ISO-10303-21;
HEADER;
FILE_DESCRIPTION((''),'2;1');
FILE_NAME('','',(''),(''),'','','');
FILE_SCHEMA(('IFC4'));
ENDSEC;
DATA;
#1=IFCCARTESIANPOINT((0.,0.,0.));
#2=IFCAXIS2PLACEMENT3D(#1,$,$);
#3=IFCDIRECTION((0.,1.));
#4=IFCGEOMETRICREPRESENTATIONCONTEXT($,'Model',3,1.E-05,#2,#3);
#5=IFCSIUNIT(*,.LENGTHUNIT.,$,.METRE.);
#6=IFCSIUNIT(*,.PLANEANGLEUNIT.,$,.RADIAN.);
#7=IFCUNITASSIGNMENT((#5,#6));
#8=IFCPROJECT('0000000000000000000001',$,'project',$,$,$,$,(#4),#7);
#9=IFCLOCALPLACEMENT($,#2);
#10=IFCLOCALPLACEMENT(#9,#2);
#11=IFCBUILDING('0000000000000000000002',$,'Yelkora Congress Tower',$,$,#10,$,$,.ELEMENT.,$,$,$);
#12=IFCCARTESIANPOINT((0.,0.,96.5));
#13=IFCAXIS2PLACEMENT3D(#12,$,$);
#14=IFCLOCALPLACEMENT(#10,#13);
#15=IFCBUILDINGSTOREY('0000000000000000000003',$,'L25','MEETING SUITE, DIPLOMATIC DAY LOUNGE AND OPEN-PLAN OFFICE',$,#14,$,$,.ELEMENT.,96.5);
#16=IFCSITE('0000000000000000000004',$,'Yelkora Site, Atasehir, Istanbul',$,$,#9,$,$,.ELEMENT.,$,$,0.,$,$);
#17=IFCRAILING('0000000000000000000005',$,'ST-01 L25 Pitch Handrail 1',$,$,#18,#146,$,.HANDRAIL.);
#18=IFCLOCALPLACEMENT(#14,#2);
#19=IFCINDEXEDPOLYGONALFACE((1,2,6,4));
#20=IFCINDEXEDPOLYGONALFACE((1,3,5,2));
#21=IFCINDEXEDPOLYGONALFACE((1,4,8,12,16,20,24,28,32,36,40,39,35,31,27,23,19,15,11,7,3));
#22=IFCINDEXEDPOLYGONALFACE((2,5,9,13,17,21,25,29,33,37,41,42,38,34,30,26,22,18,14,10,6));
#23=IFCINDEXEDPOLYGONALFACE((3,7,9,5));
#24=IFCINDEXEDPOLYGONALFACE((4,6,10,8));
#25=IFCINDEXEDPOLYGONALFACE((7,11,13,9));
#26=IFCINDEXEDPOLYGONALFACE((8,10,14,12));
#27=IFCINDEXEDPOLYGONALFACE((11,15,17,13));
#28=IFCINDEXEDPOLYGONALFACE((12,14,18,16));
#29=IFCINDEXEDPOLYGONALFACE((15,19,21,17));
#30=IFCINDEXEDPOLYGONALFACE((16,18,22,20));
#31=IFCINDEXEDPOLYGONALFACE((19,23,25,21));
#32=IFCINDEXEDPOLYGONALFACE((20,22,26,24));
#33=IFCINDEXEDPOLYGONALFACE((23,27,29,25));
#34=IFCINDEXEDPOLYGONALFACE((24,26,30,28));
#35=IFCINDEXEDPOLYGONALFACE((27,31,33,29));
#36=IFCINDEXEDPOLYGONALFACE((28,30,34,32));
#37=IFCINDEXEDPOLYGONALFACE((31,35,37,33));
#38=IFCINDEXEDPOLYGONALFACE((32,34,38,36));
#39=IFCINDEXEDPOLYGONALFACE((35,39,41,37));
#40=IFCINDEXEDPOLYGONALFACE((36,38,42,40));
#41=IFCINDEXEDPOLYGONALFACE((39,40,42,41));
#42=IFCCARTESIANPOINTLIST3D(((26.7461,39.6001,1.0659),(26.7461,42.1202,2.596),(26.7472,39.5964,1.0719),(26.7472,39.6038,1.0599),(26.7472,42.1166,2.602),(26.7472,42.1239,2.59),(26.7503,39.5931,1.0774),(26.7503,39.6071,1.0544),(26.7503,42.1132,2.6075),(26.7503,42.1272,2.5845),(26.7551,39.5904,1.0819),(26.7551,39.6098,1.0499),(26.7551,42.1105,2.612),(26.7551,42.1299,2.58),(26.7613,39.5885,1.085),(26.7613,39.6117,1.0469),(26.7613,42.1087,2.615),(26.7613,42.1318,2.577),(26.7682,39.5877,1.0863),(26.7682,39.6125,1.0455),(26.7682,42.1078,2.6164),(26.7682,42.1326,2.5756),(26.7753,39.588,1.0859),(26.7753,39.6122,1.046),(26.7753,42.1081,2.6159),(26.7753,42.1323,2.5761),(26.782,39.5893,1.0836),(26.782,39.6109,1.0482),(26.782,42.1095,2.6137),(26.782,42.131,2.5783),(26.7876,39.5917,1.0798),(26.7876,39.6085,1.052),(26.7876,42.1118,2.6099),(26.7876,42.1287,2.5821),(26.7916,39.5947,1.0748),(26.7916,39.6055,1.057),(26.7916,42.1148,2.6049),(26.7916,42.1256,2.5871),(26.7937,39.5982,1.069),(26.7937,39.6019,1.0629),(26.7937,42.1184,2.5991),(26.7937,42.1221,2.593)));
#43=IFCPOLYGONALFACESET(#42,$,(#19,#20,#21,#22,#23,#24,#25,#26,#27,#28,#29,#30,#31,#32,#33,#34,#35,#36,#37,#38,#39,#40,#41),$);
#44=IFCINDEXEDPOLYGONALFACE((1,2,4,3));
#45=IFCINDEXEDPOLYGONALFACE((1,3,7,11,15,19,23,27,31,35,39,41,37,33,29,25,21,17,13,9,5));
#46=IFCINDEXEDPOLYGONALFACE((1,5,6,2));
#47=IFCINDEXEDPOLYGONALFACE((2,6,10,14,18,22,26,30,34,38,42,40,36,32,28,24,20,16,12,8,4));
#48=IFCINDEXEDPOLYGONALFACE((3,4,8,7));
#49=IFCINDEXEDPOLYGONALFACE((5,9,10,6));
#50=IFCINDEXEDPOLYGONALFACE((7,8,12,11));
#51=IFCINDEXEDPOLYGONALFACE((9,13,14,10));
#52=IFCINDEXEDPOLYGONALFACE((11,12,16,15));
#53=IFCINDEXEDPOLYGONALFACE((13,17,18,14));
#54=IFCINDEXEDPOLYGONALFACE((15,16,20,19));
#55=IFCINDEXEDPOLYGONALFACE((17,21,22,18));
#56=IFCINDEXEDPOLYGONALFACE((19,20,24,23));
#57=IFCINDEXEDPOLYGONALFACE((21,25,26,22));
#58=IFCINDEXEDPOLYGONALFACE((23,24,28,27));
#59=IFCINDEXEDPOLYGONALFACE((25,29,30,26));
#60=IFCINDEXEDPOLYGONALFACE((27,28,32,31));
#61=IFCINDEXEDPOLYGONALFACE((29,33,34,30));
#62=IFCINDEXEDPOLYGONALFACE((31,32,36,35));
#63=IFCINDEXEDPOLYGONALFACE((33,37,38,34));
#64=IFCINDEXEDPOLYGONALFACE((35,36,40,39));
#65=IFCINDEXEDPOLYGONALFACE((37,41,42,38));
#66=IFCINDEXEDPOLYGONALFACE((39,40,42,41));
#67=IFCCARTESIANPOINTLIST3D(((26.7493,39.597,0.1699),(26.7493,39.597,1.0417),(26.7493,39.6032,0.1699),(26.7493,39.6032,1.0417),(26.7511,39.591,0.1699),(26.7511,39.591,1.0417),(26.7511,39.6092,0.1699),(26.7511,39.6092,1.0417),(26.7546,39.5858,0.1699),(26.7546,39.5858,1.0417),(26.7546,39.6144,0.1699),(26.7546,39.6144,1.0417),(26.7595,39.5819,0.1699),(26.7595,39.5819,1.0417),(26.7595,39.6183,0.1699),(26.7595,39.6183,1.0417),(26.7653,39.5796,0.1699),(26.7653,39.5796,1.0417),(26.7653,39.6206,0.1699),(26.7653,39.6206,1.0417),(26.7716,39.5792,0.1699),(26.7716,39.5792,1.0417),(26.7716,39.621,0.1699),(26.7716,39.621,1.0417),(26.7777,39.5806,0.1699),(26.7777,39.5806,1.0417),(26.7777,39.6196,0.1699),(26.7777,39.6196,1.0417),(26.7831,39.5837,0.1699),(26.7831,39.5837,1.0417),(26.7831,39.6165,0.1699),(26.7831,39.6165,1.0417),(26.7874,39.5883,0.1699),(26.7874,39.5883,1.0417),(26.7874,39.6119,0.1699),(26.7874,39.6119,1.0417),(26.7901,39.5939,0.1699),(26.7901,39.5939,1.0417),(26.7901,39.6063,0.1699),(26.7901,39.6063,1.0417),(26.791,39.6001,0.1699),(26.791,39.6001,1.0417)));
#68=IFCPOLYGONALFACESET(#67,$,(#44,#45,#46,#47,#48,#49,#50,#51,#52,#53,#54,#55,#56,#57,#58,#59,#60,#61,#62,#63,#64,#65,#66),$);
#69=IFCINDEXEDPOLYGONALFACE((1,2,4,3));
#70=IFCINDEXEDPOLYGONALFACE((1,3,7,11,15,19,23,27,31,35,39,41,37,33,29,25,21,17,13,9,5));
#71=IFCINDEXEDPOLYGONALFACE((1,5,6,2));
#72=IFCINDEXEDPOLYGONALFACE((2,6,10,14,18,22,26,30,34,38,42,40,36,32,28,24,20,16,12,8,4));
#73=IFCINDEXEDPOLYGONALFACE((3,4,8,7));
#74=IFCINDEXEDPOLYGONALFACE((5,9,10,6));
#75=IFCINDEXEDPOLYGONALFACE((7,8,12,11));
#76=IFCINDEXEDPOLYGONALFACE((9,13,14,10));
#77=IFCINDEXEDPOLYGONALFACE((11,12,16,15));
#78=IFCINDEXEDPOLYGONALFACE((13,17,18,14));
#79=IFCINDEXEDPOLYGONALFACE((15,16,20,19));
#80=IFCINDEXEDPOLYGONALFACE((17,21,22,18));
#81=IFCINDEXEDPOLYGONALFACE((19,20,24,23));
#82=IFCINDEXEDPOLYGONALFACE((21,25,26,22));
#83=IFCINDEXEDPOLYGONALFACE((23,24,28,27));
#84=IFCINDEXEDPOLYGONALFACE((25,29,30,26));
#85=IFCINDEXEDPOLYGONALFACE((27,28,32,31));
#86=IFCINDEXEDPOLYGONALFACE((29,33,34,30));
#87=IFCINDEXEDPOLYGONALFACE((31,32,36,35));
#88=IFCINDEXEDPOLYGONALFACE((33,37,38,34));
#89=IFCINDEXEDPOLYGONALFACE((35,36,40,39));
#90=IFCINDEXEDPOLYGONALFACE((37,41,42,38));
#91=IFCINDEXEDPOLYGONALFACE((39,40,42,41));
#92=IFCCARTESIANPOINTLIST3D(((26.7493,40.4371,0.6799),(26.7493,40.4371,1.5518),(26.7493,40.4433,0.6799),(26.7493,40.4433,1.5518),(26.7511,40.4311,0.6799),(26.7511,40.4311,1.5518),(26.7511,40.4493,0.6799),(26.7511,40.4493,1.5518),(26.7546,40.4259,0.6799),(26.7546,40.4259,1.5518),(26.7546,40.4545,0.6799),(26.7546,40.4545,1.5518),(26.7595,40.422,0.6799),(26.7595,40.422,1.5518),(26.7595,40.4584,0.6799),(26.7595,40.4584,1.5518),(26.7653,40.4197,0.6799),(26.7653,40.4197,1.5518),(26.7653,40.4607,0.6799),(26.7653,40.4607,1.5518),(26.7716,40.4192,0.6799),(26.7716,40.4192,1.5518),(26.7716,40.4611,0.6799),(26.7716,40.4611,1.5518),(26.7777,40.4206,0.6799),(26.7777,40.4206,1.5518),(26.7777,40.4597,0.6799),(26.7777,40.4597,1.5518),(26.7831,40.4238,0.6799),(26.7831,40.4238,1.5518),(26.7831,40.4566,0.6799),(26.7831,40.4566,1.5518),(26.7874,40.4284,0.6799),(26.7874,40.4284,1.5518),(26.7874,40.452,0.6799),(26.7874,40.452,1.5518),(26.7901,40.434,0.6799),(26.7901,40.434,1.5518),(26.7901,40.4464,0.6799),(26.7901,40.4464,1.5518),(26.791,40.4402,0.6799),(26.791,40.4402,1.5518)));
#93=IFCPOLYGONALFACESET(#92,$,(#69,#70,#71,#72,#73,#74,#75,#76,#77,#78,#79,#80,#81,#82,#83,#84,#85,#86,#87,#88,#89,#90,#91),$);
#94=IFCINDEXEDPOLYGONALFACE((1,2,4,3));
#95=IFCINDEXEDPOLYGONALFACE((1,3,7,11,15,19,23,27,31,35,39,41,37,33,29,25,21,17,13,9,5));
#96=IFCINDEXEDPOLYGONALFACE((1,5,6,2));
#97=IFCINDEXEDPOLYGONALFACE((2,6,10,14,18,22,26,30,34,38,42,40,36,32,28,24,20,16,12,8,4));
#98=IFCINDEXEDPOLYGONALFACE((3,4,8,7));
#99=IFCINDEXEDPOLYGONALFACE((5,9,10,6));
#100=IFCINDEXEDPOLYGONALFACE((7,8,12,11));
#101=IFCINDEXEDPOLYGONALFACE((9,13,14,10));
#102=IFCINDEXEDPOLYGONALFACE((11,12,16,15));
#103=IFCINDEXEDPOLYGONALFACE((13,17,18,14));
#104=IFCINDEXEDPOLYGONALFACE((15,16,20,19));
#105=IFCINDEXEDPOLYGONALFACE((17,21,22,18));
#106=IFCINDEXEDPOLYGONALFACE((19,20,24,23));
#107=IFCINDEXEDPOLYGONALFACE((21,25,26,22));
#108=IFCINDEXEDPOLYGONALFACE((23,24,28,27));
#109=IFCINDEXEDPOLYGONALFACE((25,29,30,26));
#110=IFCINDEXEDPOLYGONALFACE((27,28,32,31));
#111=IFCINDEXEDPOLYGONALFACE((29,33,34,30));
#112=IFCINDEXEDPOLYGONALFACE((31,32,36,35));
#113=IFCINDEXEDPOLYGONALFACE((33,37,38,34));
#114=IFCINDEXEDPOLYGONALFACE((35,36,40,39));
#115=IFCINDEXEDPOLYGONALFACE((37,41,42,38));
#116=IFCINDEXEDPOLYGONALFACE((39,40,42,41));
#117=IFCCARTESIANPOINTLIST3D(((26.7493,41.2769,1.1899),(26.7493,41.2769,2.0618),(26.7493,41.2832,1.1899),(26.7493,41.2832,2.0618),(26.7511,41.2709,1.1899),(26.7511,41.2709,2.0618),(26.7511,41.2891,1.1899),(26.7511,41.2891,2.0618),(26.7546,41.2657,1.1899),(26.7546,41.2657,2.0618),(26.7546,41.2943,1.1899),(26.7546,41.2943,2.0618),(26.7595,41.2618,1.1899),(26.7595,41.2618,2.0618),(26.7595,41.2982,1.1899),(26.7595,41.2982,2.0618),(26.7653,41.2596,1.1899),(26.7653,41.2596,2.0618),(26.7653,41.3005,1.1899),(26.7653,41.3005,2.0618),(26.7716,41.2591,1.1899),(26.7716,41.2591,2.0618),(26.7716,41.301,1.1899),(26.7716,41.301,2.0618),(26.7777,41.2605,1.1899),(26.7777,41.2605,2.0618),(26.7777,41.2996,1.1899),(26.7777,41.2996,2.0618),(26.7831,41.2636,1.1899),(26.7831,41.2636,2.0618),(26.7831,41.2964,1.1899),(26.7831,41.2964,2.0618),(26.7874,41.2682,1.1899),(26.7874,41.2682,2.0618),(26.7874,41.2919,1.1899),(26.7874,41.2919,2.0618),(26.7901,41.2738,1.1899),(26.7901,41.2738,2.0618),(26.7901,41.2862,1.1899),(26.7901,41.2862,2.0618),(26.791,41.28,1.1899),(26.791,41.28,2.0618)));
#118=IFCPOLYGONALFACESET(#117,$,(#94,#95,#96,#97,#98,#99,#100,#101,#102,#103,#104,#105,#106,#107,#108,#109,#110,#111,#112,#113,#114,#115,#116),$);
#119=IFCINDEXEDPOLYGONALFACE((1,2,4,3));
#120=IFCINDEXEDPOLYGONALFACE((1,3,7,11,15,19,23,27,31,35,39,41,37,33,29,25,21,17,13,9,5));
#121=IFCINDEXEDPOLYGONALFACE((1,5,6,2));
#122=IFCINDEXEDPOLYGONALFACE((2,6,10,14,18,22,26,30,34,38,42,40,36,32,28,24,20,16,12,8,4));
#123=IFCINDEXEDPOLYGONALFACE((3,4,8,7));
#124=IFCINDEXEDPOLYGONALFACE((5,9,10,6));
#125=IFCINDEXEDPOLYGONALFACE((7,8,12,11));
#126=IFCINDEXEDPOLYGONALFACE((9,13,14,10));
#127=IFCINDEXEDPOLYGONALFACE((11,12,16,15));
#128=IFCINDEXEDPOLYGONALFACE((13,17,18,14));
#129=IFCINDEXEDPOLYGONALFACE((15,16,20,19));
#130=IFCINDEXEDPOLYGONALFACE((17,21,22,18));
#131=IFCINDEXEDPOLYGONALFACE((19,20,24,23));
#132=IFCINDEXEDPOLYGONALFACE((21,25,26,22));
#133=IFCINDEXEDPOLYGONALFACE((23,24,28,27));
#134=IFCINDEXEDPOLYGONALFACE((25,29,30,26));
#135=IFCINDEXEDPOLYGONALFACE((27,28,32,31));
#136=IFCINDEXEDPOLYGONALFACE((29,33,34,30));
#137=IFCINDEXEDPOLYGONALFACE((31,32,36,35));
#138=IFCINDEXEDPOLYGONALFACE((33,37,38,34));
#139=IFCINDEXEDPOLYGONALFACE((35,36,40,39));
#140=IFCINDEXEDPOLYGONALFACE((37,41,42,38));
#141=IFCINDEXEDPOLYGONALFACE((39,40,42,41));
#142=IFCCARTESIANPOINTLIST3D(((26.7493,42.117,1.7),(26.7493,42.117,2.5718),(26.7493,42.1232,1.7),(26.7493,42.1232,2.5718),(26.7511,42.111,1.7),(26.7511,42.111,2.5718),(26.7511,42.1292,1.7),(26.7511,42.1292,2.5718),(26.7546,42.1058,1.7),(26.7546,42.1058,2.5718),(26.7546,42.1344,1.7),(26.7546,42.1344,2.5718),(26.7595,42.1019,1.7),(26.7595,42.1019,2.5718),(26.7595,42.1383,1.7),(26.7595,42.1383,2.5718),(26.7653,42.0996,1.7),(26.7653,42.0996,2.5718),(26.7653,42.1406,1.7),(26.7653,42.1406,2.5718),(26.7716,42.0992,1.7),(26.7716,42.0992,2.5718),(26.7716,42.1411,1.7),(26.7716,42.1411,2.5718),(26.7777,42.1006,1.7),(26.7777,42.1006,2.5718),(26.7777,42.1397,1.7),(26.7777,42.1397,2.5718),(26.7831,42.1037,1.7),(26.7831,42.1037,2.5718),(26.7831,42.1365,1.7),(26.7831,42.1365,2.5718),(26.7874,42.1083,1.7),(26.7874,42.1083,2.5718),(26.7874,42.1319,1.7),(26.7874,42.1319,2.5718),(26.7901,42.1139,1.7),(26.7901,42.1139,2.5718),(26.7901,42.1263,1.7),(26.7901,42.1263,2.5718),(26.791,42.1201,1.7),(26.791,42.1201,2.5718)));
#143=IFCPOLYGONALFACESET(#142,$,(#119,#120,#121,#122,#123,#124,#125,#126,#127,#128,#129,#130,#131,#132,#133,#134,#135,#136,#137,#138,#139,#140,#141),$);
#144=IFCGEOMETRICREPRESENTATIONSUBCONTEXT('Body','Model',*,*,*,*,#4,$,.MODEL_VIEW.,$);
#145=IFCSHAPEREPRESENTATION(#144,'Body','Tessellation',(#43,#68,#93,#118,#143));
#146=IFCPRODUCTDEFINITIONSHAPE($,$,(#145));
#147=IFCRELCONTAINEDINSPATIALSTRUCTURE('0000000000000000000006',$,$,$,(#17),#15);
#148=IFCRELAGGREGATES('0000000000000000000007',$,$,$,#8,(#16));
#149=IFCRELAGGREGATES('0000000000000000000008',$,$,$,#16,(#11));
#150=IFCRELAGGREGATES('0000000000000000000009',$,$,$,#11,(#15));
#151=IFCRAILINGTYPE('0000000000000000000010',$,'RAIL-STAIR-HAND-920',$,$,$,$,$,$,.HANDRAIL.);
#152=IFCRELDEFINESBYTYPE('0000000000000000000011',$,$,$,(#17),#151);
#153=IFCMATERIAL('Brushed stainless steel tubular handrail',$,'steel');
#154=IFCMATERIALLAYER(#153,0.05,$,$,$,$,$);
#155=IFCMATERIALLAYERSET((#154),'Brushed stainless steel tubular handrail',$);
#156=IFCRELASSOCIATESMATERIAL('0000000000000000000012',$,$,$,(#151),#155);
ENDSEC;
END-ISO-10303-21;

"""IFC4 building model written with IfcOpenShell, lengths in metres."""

from ifc_helpers import new_model, si_unit, direction, frame, origin, origin_2d, place, context, subcontext, project, spatial, circle, extrude, material, layer, layer_set, type_object, element, save


model = new_model("IFC4")

# Units and contexts
model_context = context("Model", 3, precision=1e-05, world=origin(), true_north=direction((0.0, 1.0)))
body_context = subcontext(model_context, "Body", "Model", "MODEL_VIEW")
ifc_project = project(units=[si_unit("LENGTHUNIT", "METRE"), si_unit("PLANEANGLEUNIT", "RADIAN")], contexts=[model_context])

# Site, building, storey
site_placement = place(None, origin())
site = spatial("IfcSite", under=ifc_project, at=site_placement, Name="Yelkora Site, Atasehir, Istanbul", CompositionType="ELEMENT", RefElevation=0.0)
building_placement = place(site_placement, origin())
building = spatial("IfcBuilding", under=site, at=building_placement, Name="Yelkora Congress Tower", CompositionType="ELEMENT")
storey_placement = place(building_placement, frame((0.0, 0.0, 96.5)))
storey = spatial("IfcBuildingStorey", under=building, at=storey_placement, Name="L25", Description="MEETING SUITE, DIPLOMATIC DAY LOUNGE AND OPEN-PLAN OFFICE", CompositionType="ELEMENT", Elevation=96.5)

# Railing
ifc_material_1 = material(Name="Brushed stainless steel tubular handrail", Category="steel")
ifc_layer_1 = layer(ifc_material_1, 0.05)
ifc_layer_set_1 = layer_set([ifc_layer_1], Name="Brushed stainless steel tubular handrail")
railing_type_1 = type_object("IfcRailingType", Name="RAIL-STAIR-HAND-920", PredefinedType="HANDRAIL", material=ifc_layer_set_1)
railing_1_placement = place(storey_placement, frame((26.77, 39.6001, 0.1699)))
element("IfcRailing", 1, at=railing_1_placement, inside=storey, type_object=railing_type_1, Name="ST-01 L25 Pitch Handrail 1", PredefinedType="HANDRAIL", context=body_context, shape_type="SweptSolid", body=[
    extrude(circle(Radius=0.0239, at=origin_2d()), frame((0.0, 0.0, 0.896), z_axis=(0.0, 0.854785, 0.518982), x_axis=(-1.0, 0.0, 0.0)), (0.0, 0.0, 1.0), 2.9482),
    extrude(circle(Radius=0.021, at=origin_2d()), origin(), (0.0, 0.0, 1.0), 0.8718),
    extrude(circle(Radius=0.021, at=origin_2d()), frame((0.0, 0.8401, 0.51)), (0.0, 0.0, 1.0), 0.8718),
    extrude(circle(Radius=0.021, at=origin_2d()), frame((0.0, 1.6799, 1.02)), (0.0, 0.0, 1.0), 0.8718),
    extrude(circle(Radius=0.021, at=origin_2d()), frame((0.0, 2.52, 1.53)), (0.0, 0.0, 1.0), 0.8718),
])

save(model, "model.ifc")
